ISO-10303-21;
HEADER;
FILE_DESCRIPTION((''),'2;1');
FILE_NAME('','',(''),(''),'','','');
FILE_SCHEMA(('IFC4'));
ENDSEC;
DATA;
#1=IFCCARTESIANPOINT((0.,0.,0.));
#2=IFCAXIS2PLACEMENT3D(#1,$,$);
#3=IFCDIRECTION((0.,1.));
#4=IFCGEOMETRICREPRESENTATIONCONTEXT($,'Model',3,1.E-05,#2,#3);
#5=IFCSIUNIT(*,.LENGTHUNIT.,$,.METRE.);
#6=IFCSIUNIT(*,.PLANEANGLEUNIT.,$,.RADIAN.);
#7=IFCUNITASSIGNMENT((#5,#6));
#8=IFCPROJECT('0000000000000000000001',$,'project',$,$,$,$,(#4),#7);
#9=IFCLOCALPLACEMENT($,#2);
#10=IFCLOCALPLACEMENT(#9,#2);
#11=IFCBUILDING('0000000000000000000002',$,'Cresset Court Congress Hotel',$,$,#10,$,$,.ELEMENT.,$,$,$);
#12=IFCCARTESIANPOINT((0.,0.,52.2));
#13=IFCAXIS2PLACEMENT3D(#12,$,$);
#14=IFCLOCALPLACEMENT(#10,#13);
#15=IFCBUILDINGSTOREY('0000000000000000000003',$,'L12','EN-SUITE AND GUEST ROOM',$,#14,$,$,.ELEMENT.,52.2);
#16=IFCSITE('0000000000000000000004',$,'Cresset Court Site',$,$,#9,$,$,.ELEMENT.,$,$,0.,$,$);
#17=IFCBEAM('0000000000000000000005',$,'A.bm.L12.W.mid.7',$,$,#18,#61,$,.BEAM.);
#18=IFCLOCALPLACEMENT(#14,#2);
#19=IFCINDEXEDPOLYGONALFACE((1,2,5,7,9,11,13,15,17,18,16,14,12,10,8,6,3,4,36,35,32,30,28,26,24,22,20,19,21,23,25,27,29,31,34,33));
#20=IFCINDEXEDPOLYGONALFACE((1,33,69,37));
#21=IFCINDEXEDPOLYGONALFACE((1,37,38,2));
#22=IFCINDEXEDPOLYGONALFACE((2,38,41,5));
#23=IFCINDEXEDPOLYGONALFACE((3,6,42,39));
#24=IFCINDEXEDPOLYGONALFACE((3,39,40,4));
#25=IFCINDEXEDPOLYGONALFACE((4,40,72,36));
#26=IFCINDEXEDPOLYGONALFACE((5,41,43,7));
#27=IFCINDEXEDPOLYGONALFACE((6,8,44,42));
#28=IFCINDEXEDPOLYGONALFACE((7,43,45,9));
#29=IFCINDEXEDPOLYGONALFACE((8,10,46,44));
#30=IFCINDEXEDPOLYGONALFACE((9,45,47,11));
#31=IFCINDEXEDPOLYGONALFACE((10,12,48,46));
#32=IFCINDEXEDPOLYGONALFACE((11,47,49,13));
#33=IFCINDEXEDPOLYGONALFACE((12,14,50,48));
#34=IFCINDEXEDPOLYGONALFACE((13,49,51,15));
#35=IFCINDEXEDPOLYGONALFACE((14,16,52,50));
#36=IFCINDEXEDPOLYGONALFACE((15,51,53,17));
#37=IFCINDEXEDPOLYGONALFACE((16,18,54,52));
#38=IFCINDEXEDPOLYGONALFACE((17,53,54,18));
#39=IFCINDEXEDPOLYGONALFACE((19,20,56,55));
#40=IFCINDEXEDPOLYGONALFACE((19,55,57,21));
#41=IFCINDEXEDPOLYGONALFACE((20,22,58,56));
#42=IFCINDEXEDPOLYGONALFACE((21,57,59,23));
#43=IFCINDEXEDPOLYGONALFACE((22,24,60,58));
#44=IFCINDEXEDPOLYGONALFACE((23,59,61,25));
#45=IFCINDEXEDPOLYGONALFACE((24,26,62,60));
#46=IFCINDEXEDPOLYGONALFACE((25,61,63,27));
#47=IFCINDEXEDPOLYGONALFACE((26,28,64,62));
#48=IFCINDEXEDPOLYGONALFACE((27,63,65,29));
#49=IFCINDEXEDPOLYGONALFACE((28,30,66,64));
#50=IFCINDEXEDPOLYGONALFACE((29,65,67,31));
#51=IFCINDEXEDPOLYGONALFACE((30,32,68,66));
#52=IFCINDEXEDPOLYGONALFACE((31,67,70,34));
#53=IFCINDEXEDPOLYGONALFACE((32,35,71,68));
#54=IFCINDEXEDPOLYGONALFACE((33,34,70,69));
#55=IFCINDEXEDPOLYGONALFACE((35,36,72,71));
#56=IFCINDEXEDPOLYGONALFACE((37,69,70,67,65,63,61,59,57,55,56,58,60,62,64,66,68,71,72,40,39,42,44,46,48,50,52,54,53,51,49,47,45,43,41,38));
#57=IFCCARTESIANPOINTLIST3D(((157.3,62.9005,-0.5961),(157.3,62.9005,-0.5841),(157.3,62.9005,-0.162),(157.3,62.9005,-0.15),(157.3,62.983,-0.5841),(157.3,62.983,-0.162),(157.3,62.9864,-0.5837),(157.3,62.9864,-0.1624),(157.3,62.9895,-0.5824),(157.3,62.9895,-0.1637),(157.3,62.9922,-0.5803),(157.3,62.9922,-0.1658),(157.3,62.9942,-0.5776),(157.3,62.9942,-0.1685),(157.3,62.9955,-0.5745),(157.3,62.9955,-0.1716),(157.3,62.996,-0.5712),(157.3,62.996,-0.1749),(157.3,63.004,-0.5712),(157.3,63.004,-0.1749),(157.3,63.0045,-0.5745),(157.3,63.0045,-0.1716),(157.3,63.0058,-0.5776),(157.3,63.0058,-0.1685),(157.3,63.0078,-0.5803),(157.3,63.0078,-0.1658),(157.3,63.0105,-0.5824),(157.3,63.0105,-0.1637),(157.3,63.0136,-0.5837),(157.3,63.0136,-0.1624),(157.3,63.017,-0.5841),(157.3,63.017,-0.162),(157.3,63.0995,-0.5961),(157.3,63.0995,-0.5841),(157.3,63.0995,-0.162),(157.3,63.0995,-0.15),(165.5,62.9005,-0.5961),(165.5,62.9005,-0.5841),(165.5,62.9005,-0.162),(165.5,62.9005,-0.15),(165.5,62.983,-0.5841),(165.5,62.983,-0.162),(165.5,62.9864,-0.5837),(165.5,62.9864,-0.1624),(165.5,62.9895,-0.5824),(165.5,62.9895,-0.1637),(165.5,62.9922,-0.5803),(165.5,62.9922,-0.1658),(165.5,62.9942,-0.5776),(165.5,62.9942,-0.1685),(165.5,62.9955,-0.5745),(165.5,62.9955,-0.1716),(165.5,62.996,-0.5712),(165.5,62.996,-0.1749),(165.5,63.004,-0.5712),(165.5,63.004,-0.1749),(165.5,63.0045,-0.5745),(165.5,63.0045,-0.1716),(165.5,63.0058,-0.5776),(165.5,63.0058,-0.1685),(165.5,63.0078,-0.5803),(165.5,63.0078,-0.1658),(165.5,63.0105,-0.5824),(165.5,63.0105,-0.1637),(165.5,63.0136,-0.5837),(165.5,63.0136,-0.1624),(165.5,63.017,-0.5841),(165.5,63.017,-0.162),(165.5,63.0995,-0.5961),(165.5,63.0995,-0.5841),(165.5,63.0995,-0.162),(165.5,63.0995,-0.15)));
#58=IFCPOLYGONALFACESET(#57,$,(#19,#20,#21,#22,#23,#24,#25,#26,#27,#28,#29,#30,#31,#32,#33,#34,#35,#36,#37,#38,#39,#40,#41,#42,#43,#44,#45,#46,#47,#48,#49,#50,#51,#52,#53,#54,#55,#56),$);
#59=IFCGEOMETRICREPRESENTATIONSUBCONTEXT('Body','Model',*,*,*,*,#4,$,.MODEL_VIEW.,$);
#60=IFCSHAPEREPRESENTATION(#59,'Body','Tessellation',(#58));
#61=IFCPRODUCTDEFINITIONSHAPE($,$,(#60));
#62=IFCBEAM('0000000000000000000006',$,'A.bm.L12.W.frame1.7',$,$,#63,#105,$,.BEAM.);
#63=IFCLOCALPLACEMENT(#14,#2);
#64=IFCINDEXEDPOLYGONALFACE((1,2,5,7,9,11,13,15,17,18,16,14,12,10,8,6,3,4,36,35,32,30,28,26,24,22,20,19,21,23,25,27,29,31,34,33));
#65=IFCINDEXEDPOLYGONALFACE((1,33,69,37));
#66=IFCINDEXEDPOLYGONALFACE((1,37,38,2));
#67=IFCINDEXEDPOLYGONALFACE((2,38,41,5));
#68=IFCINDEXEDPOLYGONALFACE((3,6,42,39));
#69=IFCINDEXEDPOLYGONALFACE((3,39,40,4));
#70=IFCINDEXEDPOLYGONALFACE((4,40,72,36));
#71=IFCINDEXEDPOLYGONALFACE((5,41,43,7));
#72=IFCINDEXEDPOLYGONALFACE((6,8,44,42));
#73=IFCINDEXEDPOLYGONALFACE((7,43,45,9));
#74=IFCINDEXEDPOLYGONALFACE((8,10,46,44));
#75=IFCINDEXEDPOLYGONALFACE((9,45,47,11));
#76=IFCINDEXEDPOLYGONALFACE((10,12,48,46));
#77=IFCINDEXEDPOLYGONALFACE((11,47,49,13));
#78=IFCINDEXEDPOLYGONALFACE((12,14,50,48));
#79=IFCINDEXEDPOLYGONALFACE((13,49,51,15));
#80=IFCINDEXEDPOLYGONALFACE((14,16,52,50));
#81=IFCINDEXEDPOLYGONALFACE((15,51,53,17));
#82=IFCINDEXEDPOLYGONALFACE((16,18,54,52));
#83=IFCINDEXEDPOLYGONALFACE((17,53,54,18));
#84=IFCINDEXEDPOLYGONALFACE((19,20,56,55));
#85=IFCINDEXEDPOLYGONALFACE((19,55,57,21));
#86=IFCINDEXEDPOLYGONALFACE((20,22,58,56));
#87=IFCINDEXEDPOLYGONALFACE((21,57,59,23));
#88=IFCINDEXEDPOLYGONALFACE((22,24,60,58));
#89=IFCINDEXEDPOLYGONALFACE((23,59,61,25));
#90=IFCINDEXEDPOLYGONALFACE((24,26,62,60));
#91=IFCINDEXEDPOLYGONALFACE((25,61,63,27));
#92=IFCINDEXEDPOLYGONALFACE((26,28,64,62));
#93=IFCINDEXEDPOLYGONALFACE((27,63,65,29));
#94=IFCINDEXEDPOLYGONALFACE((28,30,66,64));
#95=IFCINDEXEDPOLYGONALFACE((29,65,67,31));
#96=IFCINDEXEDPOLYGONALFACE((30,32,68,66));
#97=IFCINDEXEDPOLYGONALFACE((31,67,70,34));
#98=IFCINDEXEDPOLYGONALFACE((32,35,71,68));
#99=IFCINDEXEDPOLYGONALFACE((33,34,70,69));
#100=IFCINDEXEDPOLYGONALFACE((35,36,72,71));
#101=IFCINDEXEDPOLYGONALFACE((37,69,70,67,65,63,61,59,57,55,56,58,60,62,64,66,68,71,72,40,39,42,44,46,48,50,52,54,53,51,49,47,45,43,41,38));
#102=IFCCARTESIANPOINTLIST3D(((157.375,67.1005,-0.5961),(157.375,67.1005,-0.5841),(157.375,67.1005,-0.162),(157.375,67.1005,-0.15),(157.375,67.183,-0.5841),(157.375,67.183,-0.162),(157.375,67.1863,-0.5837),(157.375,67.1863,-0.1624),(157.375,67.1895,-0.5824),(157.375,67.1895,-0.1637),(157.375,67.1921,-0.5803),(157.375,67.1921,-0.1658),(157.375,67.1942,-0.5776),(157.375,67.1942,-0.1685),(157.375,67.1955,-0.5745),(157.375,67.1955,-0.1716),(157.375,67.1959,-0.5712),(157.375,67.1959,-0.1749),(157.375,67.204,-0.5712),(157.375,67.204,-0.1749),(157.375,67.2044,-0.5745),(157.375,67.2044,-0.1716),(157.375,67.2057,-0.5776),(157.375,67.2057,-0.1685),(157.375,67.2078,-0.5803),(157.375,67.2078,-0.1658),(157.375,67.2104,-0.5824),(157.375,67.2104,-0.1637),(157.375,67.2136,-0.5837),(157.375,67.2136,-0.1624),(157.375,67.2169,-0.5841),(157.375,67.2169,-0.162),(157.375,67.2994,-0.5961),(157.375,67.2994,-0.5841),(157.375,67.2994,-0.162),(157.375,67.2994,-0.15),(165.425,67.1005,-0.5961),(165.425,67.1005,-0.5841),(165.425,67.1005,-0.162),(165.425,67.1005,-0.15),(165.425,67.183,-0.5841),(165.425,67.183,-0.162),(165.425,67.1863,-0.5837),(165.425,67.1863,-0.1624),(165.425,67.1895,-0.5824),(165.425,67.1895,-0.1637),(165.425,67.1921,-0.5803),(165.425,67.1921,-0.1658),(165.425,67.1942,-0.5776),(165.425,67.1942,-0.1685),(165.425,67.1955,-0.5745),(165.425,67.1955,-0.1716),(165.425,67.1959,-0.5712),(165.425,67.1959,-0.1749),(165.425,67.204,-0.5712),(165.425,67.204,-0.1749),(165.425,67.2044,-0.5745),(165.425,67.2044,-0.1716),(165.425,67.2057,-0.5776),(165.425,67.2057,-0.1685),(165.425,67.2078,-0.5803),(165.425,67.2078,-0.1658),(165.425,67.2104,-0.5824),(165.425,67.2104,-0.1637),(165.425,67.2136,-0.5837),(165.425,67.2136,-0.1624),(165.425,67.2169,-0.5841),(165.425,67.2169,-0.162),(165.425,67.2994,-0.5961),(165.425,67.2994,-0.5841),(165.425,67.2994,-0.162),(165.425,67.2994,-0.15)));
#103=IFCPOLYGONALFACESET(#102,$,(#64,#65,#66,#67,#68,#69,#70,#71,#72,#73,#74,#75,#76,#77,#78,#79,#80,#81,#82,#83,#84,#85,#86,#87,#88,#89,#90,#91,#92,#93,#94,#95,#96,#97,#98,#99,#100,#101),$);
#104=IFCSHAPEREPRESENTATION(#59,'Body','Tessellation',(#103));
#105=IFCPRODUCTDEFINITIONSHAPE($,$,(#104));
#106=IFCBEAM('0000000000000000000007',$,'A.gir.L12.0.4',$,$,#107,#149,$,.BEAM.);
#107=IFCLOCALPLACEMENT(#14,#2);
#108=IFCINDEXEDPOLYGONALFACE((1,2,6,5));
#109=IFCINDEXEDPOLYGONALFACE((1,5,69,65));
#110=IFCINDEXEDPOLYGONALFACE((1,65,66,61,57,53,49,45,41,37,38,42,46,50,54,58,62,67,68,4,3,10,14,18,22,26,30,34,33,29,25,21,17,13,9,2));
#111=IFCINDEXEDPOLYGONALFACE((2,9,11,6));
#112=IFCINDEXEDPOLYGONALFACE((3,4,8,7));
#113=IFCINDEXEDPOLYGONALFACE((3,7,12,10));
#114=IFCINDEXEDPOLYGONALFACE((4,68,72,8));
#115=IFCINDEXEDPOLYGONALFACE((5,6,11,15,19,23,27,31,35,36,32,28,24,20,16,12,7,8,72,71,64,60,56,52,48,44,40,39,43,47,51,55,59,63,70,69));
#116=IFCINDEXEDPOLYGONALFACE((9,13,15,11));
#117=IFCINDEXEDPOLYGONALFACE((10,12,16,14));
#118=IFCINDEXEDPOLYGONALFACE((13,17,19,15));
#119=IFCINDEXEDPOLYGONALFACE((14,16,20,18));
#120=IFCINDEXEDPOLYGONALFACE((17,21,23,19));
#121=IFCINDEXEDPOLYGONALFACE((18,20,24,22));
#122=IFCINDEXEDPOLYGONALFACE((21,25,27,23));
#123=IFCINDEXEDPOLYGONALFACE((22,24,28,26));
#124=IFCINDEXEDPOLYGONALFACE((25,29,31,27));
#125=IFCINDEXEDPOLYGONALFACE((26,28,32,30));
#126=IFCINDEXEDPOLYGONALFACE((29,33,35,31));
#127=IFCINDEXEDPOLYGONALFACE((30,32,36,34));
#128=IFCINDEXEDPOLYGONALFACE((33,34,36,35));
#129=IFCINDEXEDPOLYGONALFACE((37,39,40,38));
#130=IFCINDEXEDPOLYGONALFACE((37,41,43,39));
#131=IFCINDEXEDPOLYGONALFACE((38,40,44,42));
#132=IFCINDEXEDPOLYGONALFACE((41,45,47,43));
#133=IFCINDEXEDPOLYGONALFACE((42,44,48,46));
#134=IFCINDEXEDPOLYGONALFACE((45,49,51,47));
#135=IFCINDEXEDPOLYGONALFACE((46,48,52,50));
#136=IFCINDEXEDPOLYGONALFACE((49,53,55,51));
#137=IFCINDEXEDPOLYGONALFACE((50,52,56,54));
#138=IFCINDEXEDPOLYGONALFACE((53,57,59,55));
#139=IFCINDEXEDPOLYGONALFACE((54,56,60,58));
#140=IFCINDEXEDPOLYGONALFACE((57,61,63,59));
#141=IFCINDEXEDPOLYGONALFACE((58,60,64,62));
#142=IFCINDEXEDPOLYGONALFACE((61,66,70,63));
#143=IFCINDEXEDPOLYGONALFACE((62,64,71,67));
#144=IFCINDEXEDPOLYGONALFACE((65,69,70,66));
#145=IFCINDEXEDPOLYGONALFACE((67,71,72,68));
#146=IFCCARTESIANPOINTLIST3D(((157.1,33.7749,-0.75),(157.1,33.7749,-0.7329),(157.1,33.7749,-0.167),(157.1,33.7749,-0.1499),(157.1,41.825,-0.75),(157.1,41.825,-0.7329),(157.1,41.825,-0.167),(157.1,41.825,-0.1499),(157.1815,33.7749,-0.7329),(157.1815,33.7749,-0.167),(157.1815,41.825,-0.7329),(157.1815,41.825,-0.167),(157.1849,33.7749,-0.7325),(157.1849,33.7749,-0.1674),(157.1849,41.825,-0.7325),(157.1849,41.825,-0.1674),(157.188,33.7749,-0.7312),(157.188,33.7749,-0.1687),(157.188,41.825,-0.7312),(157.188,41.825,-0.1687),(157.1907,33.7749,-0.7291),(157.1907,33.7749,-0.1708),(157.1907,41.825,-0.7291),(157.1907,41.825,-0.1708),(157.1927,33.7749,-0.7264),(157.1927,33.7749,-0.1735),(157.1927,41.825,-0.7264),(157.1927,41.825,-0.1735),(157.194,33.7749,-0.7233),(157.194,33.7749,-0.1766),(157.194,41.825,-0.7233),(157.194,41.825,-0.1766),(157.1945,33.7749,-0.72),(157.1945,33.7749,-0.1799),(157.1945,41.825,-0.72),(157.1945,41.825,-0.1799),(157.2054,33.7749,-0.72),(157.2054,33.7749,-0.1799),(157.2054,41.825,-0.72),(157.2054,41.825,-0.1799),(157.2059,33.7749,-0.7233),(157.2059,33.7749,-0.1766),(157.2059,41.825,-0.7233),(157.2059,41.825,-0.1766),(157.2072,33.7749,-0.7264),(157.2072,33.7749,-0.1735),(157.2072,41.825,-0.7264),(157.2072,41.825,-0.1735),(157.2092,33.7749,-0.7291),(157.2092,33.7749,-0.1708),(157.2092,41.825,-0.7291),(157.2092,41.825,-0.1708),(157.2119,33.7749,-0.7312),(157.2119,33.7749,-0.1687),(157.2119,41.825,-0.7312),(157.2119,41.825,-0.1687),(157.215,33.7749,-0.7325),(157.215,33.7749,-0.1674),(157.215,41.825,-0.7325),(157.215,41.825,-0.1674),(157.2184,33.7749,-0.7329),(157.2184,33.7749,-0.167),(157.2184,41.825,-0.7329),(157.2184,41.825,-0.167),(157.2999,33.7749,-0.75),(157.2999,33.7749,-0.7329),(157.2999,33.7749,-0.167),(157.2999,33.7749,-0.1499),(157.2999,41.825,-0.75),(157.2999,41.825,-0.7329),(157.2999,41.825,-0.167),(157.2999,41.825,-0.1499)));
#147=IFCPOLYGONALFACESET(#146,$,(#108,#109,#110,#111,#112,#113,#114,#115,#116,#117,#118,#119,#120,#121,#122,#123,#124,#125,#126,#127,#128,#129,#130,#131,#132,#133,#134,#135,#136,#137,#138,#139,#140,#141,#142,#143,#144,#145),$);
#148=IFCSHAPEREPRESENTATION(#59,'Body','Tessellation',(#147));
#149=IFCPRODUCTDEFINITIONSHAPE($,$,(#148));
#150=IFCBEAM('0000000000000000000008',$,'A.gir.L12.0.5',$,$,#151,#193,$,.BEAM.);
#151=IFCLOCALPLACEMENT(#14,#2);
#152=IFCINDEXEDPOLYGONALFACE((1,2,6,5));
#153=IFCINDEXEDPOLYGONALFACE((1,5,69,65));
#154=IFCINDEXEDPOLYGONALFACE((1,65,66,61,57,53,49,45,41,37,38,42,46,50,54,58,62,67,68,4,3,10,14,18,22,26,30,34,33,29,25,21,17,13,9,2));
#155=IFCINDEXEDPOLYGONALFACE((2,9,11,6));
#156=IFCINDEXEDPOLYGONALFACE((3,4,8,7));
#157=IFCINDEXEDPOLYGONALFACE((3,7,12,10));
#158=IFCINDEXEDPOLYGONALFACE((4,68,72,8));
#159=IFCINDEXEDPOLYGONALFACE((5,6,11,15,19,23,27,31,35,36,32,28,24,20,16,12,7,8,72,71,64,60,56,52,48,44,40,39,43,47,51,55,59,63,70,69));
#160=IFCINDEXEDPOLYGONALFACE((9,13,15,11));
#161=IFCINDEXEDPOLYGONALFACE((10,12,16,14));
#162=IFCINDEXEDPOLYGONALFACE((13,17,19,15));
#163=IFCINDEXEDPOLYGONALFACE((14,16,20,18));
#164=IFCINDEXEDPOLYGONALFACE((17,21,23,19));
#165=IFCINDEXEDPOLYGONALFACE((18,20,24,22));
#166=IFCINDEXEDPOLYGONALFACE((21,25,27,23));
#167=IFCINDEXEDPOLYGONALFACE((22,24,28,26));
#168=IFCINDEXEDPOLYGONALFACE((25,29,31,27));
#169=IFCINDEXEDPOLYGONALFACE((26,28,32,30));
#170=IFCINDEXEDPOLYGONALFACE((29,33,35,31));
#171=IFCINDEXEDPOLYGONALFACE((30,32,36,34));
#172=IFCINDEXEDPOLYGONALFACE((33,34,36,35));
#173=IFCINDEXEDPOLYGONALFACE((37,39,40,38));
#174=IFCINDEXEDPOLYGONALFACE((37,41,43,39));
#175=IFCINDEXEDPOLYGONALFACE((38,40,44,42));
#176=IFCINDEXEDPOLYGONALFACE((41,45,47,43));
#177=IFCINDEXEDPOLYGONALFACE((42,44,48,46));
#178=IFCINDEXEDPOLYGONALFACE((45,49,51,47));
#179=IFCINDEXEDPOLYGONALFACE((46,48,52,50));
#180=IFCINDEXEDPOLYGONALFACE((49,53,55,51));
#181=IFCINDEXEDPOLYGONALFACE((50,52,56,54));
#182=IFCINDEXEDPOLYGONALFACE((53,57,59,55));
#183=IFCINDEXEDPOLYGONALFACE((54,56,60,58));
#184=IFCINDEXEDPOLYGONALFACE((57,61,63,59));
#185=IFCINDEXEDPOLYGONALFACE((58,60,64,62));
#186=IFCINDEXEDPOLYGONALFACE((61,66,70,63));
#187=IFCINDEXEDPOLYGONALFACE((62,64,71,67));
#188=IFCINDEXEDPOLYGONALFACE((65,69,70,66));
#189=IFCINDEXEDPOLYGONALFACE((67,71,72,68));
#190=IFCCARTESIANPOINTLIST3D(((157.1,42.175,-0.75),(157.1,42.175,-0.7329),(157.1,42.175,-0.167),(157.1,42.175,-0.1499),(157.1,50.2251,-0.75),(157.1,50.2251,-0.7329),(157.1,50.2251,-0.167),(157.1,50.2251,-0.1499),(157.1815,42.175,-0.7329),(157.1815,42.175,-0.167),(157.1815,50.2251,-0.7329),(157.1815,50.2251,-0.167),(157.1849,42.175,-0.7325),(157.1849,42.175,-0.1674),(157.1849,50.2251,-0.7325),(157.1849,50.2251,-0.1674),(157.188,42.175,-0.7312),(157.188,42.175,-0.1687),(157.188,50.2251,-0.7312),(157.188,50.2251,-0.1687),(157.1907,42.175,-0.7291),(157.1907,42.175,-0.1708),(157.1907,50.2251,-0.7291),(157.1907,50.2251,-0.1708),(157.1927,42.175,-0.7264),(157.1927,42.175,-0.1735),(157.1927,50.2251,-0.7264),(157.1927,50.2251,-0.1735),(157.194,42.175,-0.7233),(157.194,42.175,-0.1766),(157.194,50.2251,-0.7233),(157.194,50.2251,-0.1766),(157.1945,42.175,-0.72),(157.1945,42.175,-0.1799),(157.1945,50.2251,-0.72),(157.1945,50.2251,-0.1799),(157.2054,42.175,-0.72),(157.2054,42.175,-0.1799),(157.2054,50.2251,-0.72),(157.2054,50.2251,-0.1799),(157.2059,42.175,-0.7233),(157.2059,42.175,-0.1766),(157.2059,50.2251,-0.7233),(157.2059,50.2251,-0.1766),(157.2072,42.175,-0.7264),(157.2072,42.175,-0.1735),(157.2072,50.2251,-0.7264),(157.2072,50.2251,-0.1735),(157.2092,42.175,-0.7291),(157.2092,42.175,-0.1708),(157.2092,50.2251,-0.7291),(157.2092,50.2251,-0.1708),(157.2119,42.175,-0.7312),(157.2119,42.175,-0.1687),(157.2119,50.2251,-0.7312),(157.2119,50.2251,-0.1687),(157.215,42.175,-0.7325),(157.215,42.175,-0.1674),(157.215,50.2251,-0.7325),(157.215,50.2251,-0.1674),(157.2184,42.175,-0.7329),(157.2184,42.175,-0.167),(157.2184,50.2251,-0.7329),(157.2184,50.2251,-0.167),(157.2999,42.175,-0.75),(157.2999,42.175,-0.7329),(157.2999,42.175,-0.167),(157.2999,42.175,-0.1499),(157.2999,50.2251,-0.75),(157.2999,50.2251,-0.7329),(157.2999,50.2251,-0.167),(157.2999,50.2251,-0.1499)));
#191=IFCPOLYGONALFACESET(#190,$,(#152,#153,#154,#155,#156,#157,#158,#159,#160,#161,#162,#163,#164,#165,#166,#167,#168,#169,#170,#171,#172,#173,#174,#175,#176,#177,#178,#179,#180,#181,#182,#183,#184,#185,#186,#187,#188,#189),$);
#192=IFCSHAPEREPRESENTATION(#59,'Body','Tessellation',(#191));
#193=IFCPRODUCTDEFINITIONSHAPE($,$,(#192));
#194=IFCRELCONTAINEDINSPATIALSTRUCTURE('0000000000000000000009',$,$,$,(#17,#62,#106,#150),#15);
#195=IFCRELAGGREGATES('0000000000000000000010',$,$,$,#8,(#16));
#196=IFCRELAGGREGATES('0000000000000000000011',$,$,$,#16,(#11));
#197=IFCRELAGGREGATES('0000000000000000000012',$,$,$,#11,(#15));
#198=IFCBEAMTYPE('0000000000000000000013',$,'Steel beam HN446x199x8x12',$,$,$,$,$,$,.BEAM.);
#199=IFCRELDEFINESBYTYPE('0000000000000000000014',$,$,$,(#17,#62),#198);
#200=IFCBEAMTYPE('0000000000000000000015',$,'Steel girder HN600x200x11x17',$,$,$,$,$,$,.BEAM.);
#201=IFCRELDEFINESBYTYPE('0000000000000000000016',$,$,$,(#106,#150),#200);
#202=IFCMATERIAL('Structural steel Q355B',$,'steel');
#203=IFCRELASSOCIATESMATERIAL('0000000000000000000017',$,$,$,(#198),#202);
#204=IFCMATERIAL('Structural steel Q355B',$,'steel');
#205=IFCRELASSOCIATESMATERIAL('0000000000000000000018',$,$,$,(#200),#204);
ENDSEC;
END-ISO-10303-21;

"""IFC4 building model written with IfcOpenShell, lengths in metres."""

from ifc_helpers import new_model, si_unit, direction, frame, origin, origin_2d, place, context, subcontext, project, spatial, i_section, extrude, material, material_profile, profile_set, type_object, element, save


model = new_model("IFC4")

# Units and contexts
model_context = context("Model", 3, precision=1e-05, world=origin(), true_north=direction((0.0, 1.0)))
body_context = subcontext(model_context, "Body", "Model", "MODEL_VIEW")
ifc_project = project(units=[si_unit("LENGTHUNIT", "METRE"), si_unit("PLANEANGLEUNIT", "RADIAN")], contexts=[model_context])

# Site, building, storey
site_placement = place(None, origin())
site = spatial("IfcSite", under=ifc_project, at=site_placement, Name="Cresset Court Site", CompositionType="ELEMENT", RefElevation=0.0)
building_placement = place(site_placement, origin())
building = spatial("IfcBuilding", under=site, at=building_placement, Name="Cresset Court Congress Hotel", CompositionType="ELEMENT")
storey_placement = place(building_placement, frame((0.0, 0.0, 52.2)))
storey = spatial("IfcBuildingStorey", under=building, at=storey_placement, Name="L12", Description="EN-SUITE AND GUEST ROOM", CompositionType="ELEMENT", Elevation=52.2)

# Beams
ifc_material_1 = material(Name="Structural steel Q355B", Category="steel")
ifc_material_profile_1 = material_profile(ifc_material_1, i_section(OverallWidth=0.199, OverallDepth=0.446, WebThickness=0.0081, FlangeThickness=0.012, FilletRadius=0.0129, at=origin_2d()), Name="HN446x199x8x12")
ifc_profile_set_1 = profile_set([ifc_material_profile_1], Name="Structural steel Q355B")
beam_type_1 = type_object("IfcBeamType", Name="Steel beam HN446x199x8x12", PredefinedType="BEAM", material=ifc_profile_set_1)
beam_1_placement = place(storey_placement, frame((157.3, 63.0, -0.373), z_axis=(1.0, 0.0, 0.0), x_axis=(0.0, 1.0, 0.0)))
element("IfcBeam", 1, at=beam_1_placement, inside=storey, type_object=beam_type_1, Name="A.bm.L12.W.mid.7", PredefinedType="BEAM", context=body_context, shape_type="SweptSolid", body=[
    extrude(i_section(OverallWidth=0.199, OverallDepth=0.446, WebThickness=0.0081, FlangeThickness=0.012, FilletRadius=0.0129, at=origin_2d()), origin(), (0.0, 0.0, 1.0), 8.2),
])
beam_2_placement = place(storey_placement, frame((157.375, 67.2, -0.373), z_axis=(1.0, 0.0, 0.0), x_axis=(0.0, 1.0, 0.0)))
element("IfcBeam", 2, at=beam_2_placement, inside=storey, type_object=beam_type_1, Name="A.bm.L12.W.frame1.7", PredefinedType="BEAM", context=body_context, shape_type="SweptSolid", body=[
    extrude(i_section(OverallWidth=0.199, OverallDepth=0.446, WebThickness=0.0081, FlangeThickness=0.012, FilletRadius=0.0129, at=origin_2d()), origin(), (0.0, 0.0, 1.0), 8.05),
])
ifc_material_2 = material(Name="Structural steel Q355B", Category="steel")
ifc_material_profile_2 = material_profile(ifc_material_2, i_section(OverallWidth=0.2, OverallDepth=0.6001, WebThickness=0.011, FlangeThickness=0.0171, FilletRadius=0.0129, at=origin_2d()), Name="HN600x200x11x17")
ifc_profile_set_2 = profile_set([ifc_material_profile_2], Name="Structural steel Q355B")
beam_type_2 = type_object("IfcBeamType", Name="Steel girder HN600x200x11x17", PredefinedType="BEAM", material=ifc_profile_set_2)
for number, where, z_axis, x_axis, name in (
    (3, (157.2, 33.7749, -0.45), (0.0, 1.0, 0.0), (-1.0, 0.0, 0.0), "A.gir.L12.0.4"),
    (4, (157.2, 42.175, -0.45), (0.0, 1.0, 0.0), (-1.0, 0.0, 0.0), "A.gir.L12.0.5"),
):
    element("IfcBeam", number, at=place(storey_placement, frame(where, z_axis=z_axis, x_axis=x_axis)), inside=storey, type_object=beam_type_2, Name=name, PredefinedType="BEAM", context=body_context, shape_type="SweptSolid", body=[
        extrude(i_section(OverallWidth=0.2, OverallDepth=0.6001, WebThickness=0.011, FlangeThickness=0.0171, FilletRadius=0.0129, at=origin_2d()), origin(), (0.0, 0.0, 1.0), 8.05),
    ])

save(model, "model.ifc")
